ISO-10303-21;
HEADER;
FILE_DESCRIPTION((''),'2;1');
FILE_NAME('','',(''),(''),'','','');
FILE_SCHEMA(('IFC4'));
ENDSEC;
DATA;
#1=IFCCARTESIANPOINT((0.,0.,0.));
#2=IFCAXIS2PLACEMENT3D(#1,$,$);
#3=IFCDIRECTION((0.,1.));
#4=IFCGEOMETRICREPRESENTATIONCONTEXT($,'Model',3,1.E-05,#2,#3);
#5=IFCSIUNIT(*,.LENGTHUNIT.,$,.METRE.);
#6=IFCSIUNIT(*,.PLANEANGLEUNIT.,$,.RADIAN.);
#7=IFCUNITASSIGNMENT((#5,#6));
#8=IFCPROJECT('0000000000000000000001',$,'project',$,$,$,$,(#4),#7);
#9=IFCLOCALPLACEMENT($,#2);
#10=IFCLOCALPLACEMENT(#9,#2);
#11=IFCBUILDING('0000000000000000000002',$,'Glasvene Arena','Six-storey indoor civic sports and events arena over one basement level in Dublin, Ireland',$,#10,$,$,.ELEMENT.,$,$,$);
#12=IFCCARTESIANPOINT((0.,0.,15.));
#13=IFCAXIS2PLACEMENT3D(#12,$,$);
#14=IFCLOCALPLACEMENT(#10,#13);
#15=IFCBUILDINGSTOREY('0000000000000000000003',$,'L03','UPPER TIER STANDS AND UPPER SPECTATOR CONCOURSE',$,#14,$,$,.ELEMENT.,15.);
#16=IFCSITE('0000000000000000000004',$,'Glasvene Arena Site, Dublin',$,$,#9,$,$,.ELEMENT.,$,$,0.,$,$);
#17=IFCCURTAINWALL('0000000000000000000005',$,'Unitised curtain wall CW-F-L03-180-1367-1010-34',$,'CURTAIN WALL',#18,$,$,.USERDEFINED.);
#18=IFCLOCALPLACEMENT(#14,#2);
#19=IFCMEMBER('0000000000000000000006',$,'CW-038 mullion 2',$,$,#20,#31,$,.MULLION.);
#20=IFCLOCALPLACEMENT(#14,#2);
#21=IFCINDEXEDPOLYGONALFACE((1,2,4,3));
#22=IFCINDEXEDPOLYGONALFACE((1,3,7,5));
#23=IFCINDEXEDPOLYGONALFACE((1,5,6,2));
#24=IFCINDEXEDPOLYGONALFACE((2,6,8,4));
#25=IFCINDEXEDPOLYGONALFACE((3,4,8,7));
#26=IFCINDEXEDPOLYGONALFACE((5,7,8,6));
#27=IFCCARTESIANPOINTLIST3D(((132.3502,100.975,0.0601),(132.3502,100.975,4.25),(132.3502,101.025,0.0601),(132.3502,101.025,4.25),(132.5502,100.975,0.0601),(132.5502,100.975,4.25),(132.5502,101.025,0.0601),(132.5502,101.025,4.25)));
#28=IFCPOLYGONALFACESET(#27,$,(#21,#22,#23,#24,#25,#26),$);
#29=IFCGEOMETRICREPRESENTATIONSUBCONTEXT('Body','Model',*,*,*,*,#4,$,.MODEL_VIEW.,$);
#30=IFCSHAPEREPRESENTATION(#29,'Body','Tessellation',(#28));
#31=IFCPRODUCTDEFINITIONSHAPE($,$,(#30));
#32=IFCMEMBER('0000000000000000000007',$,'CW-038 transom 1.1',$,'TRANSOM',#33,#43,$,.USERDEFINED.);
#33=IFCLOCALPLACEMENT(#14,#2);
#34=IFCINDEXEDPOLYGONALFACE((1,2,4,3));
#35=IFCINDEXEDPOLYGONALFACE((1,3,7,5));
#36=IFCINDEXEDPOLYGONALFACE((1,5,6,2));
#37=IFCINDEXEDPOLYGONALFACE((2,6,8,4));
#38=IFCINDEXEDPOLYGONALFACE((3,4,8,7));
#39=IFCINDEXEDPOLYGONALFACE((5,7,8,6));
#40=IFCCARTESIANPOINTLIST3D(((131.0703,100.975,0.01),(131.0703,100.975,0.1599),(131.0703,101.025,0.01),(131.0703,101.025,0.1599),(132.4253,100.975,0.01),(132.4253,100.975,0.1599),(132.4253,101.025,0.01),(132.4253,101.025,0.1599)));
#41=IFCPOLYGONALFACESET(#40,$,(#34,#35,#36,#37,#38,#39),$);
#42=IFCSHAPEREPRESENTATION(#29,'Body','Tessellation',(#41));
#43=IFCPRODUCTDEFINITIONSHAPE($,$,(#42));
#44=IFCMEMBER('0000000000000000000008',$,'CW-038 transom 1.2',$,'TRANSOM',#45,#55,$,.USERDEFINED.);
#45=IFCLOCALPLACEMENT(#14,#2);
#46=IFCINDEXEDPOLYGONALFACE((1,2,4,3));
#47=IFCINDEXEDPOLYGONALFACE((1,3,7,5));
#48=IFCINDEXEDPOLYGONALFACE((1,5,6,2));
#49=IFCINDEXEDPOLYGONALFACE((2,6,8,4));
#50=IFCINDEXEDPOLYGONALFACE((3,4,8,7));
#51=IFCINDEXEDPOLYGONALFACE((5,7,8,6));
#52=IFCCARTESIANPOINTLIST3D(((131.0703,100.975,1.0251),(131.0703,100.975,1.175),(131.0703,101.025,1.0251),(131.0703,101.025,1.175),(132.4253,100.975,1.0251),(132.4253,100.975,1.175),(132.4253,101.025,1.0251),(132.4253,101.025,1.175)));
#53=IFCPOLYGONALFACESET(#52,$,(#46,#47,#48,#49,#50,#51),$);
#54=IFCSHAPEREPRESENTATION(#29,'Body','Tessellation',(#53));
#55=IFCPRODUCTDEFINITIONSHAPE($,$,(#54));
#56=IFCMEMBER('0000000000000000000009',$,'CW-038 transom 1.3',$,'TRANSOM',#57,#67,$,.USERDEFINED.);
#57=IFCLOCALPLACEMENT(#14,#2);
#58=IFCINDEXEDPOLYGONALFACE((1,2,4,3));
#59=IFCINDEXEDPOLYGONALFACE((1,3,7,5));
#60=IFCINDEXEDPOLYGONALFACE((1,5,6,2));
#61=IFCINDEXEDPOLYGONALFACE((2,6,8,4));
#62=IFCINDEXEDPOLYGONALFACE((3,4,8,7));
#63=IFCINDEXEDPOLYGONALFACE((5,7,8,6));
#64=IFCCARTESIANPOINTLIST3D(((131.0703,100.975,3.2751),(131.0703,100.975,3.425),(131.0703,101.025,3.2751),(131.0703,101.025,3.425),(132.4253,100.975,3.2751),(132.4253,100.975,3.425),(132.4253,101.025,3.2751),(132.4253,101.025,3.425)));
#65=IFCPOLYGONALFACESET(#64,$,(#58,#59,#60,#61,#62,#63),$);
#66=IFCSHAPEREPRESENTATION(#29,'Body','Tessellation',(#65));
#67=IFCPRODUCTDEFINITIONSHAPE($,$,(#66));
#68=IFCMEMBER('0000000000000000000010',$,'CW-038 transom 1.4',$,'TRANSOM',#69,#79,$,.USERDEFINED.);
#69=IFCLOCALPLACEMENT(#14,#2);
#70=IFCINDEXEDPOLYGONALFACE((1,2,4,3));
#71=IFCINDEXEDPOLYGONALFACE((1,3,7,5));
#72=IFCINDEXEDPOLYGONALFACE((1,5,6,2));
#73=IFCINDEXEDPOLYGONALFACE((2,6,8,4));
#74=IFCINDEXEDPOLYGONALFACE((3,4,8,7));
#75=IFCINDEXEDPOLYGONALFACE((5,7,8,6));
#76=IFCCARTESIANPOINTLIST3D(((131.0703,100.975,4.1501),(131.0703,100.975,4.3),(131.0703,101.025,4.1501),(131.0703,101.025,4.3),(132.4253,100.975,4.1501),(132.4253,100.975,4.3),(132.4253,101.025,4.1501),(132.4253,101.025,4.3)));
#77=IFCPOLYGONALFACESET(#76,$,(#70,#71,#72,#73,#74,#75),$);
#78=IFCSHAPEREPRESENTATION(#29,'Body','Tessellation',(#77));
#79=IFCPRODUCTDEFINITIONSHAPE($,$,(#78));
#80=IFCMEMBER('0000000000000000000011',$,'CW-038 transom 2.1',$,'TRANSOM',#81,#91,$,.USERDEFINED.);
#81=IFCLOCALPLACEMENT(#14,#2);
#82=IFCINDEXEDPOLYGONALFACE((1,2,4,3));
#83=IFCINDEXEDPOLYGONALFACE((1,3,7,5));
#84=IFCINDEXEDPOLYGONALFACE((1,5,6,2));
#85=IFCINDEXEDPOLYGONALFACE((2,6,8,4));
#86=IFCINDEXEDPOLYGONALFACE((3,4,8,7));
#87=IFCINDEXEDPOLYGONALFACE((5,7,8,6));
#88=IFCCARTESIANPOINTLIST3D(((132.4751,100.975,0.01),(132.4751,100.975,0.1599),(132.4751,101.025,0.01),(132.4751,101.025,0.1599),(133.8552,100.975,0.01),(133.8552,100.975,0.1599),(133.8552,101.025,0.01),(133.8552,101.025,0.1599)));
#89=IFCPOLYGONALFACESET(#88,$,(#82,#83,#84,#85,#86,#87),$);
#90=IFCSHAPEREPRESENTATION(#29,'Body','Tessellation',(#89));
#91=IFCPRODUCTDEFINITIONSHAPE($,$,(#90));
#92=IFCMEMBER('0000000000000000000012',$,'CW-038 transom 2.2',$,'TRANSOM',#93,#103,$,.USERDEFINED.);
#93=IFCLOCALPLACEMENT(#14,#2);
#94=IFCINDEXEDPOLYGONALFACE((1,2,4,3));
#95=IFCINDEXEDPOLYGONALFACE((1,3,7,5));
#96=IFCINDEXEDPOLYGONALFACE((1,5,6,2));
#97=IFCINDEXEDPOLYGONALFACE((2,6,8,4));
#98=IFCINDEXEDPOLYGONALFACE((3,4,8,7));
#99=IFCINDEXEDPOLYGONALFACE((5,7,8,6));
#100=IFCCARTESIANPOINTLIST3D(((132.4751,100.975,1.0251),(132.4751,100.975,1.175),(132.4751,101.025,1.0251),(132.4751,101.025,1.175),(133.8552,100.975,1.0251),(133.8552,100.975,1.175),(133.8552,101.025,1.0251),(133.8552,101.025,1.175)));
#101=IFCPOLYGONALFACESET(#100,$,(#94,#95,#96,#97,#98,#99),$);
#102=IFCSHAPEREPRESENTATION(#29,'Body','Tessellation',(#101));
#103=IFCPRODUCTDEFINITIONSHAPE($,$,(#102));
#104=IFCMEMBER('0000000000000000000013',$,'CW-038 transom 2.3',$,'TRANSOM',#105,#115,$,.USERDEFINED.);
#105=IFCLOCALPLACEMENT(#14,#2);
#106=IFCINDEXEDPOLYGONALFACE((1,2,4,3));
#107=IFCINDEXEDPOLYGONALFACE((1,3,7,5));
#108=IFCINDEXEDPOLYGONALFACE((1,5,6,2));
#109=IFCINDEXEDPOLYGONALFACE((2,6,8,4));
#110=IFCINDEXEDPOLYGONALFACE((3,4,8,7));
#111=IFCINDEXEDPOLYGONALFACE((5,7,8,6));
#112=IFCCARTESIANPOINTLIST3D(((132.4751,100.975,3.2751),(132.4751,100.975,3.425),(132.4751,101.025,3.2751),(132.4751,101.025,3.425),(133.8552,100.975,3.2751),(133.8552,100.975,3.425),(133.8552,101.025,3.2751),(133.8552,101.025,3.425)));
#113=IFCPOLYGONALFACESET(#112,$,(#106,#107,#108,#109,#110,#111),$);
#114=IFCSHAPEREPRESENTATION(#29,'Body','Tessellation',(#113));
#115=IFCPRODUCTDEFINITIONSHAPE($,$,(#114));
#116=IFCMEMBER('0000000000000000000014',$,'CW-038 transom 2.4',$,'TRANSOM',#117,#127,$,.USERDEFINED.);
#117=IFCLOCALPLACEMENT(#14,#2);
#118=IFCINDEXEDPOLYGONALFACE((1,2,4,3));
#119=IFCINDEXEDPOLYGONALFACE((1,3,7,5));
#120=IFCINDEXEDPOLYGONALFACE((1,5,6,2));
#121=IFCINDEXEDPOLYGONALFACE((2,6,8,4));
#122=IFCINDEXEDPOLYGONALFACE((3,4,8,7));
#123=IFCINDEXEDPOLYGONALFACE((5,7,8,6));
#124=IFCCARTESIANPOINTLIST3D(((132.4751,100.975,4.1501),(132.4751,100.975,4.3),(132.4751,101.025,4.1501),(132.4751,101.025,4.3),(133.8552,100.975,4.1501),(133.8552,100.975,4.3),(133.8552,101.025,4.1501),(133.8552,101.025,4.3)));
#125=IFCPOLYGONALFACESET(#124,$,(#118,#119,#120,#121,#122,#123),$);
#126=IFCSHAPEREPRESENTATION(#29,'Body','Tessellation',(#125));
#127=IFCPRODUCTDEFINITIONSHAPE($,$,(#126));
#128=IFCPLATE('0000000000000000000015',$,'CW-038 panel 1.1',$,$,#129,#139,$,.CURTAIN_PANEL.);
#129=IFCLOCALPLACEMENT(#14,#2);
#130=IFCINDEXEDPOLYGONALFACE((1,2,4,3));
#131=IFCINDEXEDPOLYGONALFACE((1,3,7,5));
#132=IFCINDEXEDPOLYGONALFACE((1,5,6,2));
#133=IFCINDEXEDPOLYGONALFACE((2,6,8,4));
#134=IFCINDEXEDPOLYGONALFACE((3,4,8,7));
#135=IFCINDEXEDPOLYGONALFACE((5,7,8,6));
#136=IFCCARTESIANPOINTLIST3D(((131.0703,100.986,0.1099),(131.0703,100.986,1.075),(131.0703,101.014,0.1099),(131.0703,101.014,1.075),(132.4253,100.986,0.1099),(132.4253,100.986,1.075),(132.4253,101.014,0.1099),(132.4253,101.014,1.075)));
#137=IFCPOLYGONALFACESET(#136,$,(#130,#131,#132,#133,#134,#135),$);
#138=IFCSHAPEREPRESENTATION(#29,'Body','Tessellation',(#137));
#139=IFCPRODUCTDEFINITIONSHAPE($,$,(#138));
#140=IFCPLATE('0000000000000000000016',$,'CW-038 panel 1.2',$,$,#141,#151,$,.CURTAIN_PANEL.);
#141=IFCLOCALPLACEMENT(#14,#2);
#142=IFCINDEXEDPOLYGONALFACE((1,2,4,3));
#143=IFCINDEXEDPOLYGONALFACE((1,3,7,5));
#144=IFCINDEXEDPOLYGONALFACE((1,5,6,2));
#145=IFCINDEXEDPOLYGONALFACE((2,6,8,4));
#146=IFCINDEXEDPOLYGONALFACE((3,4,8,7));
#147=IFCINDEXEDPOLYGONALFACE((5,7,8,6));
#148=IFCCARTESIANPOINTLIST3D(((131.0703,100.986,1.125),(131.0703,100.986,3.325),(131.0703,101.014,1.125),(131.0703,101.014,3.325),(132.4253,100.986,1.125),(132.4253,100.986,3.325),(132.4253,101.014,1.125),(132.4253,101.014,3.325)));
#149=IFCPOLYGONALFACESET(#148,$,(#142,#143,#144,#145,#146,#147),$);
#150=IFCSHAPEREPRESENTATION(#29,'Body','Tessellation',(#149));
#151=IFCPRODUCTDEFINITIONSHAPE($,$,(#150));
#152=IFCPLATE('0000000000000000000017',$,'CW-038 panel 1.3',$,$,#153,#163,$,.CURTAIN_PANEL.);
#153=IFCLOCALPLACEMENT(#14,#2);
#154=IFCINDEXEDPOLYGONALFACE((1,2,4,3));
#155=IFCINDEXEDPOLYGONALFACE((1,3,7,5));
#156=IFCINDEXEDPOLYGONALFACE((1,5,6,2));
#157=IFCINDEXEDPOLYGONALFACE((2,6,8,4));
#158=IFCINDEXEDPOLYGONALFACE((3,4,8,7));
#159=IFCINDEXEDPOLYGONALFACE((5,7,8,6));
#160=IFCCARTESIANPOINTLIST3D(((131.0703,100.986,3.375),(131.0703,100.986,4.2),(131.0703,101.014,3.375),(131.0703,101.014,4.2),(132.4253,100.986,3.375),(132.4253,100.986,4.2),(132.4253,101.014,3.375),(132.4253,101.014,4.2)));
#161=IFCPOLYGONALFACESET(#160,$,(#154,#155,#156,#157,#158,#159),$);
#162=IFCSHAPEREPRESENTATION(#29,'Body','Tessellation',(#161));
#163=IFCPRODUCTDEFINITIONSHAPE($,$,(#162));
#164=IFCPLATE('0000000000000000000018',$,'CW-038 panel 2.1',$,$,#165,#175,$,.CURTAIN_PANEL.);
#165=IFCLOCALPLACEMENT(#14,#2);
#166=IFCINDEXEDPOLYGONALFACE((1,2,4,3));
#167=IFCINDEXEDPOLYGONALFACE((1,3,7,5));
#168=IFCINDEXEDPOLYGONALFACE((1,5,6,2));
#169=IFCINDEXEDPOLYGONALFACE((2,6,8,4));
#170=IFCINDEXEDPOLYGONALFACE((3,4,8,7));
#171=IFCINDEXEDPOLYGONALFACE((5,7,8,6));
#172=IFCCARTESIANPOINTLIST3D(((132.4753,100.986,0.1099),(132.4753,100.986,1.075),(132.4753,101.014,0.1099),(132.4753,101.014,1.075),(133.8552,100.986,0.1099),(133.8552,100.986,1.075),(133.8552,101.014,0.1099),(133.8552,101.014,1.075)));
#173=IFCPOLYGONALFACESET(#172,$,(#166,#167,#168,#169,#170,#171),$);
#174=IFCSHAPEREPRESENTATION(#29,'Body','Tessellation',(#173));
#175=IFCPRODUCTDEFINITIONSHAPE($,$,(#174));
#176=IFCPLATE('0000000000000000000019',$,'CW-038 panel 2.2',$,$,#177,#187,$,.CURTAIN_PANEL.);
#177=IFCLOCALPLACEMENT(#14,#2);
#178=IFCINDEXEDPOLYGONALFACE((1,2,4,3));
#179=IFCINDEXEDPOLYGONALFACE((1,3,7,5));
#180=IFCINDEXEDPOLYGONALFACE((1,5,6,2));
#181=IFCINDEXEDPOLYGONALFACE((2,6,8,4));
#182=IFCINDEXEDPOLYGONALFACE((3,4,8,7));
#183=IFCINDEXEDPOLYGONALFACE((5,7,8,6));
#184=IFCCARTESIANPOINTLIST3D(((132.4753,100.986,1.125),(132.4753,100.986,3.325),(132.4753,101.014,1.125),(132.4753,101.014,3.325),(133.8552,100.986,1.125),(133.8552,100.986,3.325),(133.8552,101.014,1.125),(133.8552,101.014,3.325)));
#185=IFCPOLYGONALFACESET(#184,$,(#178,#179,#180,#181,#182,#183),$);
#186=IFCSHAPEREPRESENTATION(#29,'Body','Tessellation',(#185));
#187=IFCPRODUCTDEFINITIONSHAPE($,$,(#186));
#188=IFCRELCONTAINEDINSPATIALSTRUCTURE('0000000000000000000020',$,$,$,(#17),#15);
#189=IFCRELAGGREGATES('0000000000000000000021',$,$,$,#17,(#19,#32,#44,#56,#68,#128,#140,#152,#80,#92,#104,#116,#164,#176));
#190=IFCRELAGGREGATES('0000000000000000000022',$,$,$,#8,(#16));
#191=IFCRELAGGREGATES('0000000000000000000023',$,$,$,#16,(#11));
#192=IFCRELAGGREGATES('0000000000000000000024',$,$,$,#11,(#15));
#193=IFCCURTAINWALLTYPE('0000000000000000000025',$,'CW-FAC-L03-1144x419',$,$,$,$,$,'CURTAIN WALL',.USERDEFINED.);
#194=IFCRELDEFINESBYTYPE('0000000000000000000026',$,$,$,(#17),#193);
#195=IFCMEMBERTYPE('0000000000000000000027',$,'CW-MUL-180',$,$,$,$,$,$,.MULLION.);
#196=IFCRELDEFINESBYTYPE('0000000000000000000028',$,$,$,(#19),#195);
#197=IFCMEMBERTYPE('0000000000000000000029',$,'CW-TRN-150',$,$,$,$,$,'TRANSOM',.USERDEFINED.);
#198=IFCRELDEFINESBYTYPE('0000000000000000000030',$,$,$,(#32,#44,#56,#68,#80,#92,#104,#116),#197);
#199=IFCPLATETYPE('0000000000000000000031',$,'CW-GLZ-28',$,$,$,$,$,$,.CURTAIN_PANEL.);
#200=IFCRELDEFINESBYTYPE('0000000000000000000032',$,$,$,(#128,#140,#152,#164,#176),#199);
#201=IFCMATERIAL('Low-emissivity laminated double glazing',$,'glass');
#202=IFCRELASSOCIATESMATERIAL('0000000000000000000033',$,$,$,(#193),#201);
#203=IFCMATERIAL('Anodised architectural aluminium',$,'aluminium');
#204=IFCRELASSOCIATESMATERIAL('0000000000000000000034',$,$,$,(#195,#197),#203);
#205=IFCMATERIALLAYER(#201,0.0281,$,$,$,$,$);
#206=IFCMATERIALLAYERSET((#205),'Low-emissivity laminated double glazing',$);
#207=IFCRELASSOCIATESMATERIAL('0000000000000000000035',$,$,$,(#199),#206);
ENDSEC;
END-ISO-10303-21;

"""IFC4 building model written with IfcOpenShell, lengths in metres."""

from ifc_helpers import new_model, si_unit, direction, frame, origin, origin_2d, place, context, subcontext, project, spatial, rectangle, extrude, material, layer, layer_set, material_profile, profile_set, type_object, element, aggregate, save


model = new_model("IFC4")

# Units and contexts
model_context = context("Model", 3, precision=1e-05, world=origin(), true_north=direction((0.0, 1.0)))
body_context = subcontext(model_context, "Body", "Model", "MODEL_VIEW")
ifc_project = project(units=[si_unit("LENGTHUNIT", "METRE"), si_unit("PLANEANGLEUNIT", "RADIAN")], contexts=[model_context])

# Site, building, storey
site_placement = place(None, origin())
site = spatial("IfcSite", under=ifc_project, at=site_placement, Name="Glasvene Arena Site, Dublin", CompositionType="ELEMENT", RefElevation=0.0)
building_placement = place(site_placement, origin())
building = spatial("IfcBuilding", under=site, at=building_placement, Name="Glasvene Arena", Description="Six-storey indoor civic sports and events arena over one basement level in Dublin, Ireland", CompositionType="ELEMENT")
storey_placement = place(building_placement, frame((0.0, 0.0, 15.0)))
storey = spatial("IfcBuildingStorey", under=building, at=storey_placement, Name="L03", Description="UPPER TIER STANDS AND UPPER SPECTATOR CONCOURSE", CompositionType="ELEMENT", Elevation=15.0)

# Curtain wall, members, plates
ifc_material_1 = material(Name="Low-emissivity laminated double glazing", Category="glass")
curtain_wall_type = type_object("IfcCurtainWallType", Name="CW-FAC-L03-1144x419", ElementType="CURTAIN WALL", PredefinedType="USERDEFINED", material=ifc_material_1)
curtain_wall_placement = place(storey_placement, frame((131.0203, 101.0, 0.0)))
curtain_wall = element("IfcCurtainWall", 1, at=curtain_wall_placement, inside=storey, type_object=curtain_wall_type, Name="Unitised curtain wall CW-F-L03-180-1367-1010-34", ObjectType="CURTAIN WALL", PredefinedType="USERDEFINED")
ifc_material_2 = material(Name="Anodised architectural aluminium", Category="aluminium")
ifc_material_profile_1 = material_profile(ifc_material_2, rectangle(XDim=0.05, YDim=0.2, at=origin_2d()), Name="ALU MULLION 50x200")
ifc_profile_set_1 = profile_set([ifc_material_profile_1], Name="Anodised architectural aluminium")
member_type_1 = type_object("IfcMemberType", Name="CW-MUL-180", PredefinedType="MULLION", material=ifc_profile_set_1)
member_1_placement = place(storey_placement, frame((132.4502, 101.0, 0.0601), z_axis=(0.0, 0.0, 1.0), x_axis=(0.0, 1.0, 0.0)))
member_1 = element("IfcMember", 2, at=member_1_placement, type_object=member_type_1, Name="CW-038 mullion 2", PredefinedType="MULLION", context=body_context, shape_type="SweptSolid", body=[
    extrude(rectangle(XDim=0.05, YDim=0.2, at=origin_2d()), origin(), (0.0, 0.0, 1.0), 4.1899),
])
ifc_material_profile_2 = material_profile(ifc_material_2, rectangle(XDim=0.05, YDim=0.1499, at=origin_2d()), Name="ALU TRANSOM 50x150")
ifc_profile_set_2 = profile_set([ifc_material_profile_2], Name="Anodised architectural aluminium")
member_type_2 = type_object("IfcMemberType", Name="CW-TRN-150", ElementType="TRANSOM", PredefinedType="USERDEFINED", material=ifc_profile_set_2)
member_2_placement = place(storey_placement, frame((131.0703, 101.0, 0.085), z_axis=(1.0, 0.0, 0.0), x_axis=(0.0, 1.0, 0.0)))
member_2 = element("IfcMember", 3, at=member_2_placement, type_object=member_type_2, Name="CW-038 transom 1.1", ObjectType="TRANSOM", PredefinedType="USERDEFINED", context=body_context, shape_type="SweptSolid", body=[
    extrude(rectangle(XDim=0.05, YDim=0.1499, at=origin_2d()), origin(), (0.0, 0.0, 1.0), 1.355),
])
member_3_placement = place(storey_placement, frame((131.0703, 101.0, 1.1001), z_axis=(1.0, 0.0, 0.0), x_axis=(0.0, 1.0, 0.0)))
member_3 = element("IfcMember", 4, at=member_3_placement, type_object=member_type_2, Name="CW-038 transom 1.2", ObjectType="TRANSOM", PredefinedType="USERDEFINED", context=body_context, shape_type="SweptSolid", body=[
    extrude(rectangle(XDim=0.05, YDim=0.1499, at=origin_2d()), origin(), (0.0, 0.0, 1.0), 1.355),
])
member_4_placement = place(storey_placement, frame((131.0703, 101.0, 3.3501), z_axis=(1.0, 0.0, 0.0), x_axis=(0.0, 1.0, 0.0)))
member_4 = element("IfcMember", 5, at=member_4_placement, type_object=member_type_2, Name="CW-038 transom 1.3", ObjectType="TRANSOM", PredefinedType="USERDEFINED", context=body_context, shape_type="SweptSolid", body=[
    extrude(rectangle(XDim=0.05, YDim=0.1499, at=origin_2d()), origin(), (0.0, 0.0, 1.0), 1.355),
])
member_5_placement = place(storey_placement, frame((131.0703, 101.0, 4.2251), z_axis=(1.0, 0.0, 0.0), x_axis=(0.0, 1.0, 0.0)))
member_5 = element("IfcMember", 6, at=member_5_placement, type_object=member_type_2, Name="CW-038 transom 1.4", ObjectType="TRANSOM", PredefinedType="USERDEFINED", context=body_context, shape_type="SweptSolid", body=[
    extrude(rectangle(XDim=0.05, YDim=0.1499, at=origin_2d()), origin(), (0.0, 0.0, 1.0), 1.355),
])
member_6_placement = place(storey_placement, frame((132.4751, 101.0, 0.085), z_axis=(1.0, 0.0, 0.0), x_axis=(0.0, 1.0, 0.0)))
member_6 = element("IfcMember", 7, at=member_6_placement, type_object=member_type_2, Name="CW-038 transom 2.1", ObjectType="TRANSOM", PredefinedType="USERDEFINED", context=body_context, shape_type="SweptSolid", body=[
    extrude(rectangle(XDim=0.05, YDim=0.1499, at=origin_2d()), origin(), (0.0, 0.0, 1.0), 1.3801),
])
member_7_placement = place(storey_placement, frame((132.4751, 101.0, 1.1001), z_axis=(1.0, 0.0, 0.0), x_axis=(0.0, 1.0, 0.0)))
member_7 = element("IfcMember", 8, at=member_7_placement, type_object=member_type_2, Name="CW-038 transom 2.2", ObjectType="TRANSOM", PredefinedType="USERDEFINED", context=body_context, shape_type="SweptSolid", body=[
    extrude(rectangle(XDim=0.05, YDim=0.1499, at=origin_2d()), origin(), (0.0, 0.0, 1.0), 1.3801),
])
member_8_placement = place(storey_placement, frame((132.4751, 101.0, 3.3501), z_axis=(1.0, 0.0, 0.0), x_axis=(0.0, 1.0, 0.0)))
member_8 = element("IfcMember", 9, at=member_8_placement, type_object=member_type_2, Name="CW-038 transom 2.3", ObjectType="TRANSOM", PredefinedType="USERDEFINED", context=body_context, shape_type="SweptSolid", body=[
    extrude(rectangle(XDim=0.05, YDim=0.1499, at=origin_2d()), origin(), (0.0, 0.0, 1.0), 1.3801),
])
member_9_placement = place(storey_placement, frame((132.4751, 101.0, 4.2251), z_axis=(1.0, 0.0, 0.0), x_axis=(0.0, 1.0, 0.0)))
member_9 = element("IfcMember", 10, at=member_9_placement, type_object=member_type_2, Name="CW-038 transom 2.4", ObjectType="TRANSOM", PredefinedType="USERDEFINED", context=body_context, shape_type="SweptSolid", body=[
    extrude(rectangle(XDim=0.05, YDim=0.1499, at=origin_2d()), origin(), (0.0, 0.0, 1.0), 1.3801),
])
ifc_layer_1 = layer(ifc_material_1, 0.0281)
ifc_layer_set_1 = layer_set([ifc_layer_1], Name="Low-emissivity laminated double glazing")
plate_type = type_object("IfcPlateType", Name="CW-GLZ-28", PredefinedType="CURTAIN_PANEL", material=ifc_layer_set_1)
plate_1_placement = place(storey_placement, frame((131.7478, 101.0, 0.1099), z_axis=(0.0, 0.0, 1.0), x_axis=(1.0, 0.0, 0.0)))
plate_1 = element("IfcPlate", 11, at=plate_1_placement, type_object=plate_type, Name="CW-038 panel 1.1", PredefinedType="CURTAIN_PANEL", context=body_context, shape_type="SweptSolid", body=[
    extrude(rectangle(XDim=1.355, YDim=0.0281, at=origin_2d()), origin(), (0.0, 0.0, 1.0), 0.9651),
])
plate_2_placement = place(storey_placement, frame((131.7478, 101.0, 1.125), z_axis=(0.0, 0.0, 1.0), x_axis=(1.0, 0.0, 0.0)))
plate_2 = element("IfcPlate", 12, at=plate_2_placement, type_object=plate_type, Name="CW-038 panel 1.2", PredefinedType="CURTAIN_PANEL", context=body_context, shape_type="SweptSolid", body=[
    extrude(rectangle(XDim=1.355, YDim=0.0281, at=origin_2d()), origin(), (0.0, 0.0, 1.0), 2.2),
])
plate_3_placement = place(storey_placement, frame((131.7478, 101.0, 3.375), z_axis=(0.0, 0.0, 1.0), x_axis=(1.0, 0.0, 0.0)))
plate_3 = element("IfcPlate", 13, at=plate_3_placement, type_object=plate_type, Name="CW-038 panel 1.3", PredefinedType="CURTAIN_PANEL", context=body_context, shape_type="SweptSolid", body=[
    extrude(rectangle(XDim=1.355, YDim=0.0281, at=origin_2d()), origin(), (0.0, 0.0, 1.0), 0.825),
])
plate_4_placement = place(storey_placement, frame((133.1653, 101.0, 0.1099), z_axis=(0.0, 0.0, 1.0), x_axis=(1.0, 0.0, 0.0)))
plate_4 = element("IfcPlate", 14, at=plate_4_placement, type_object=plate_type, Name="CW-038 panel 2.1", PredefinedType="CURTAIN_PANEL", context=body_context, shape_type="SweptSolid", body=[
    extrude(rectangle(XDim=1.3799, YDim=0.0281, at=origin_2d()), origin(), (0.0, 0.0, 1.0), 0.9651),
])
plate_5_placement = place(storey_placement, frame((133.1653, 101.0, 1.125), z_axis=(0.0, 0.0, 1.0), x_axis=(1.0, 0.0, 0.0)))
plate_5 = element("IfcPlate", 15, at=plate_5_placement, type_object=plate_type, Name="CW-038 panel 2.2", PredefinedType="CURTAIN_PANEL", context=body_context, shape_type="SweptSolid", body=[
    extrude(rectangle(XDim=1.3799, YDim=0.0281, at=origin_2d()), origin(), (0.0, 0.0, 1.0), 2.2),
])
aggregate(curtain_wall, [member_1, member_2, member_3, member_4, member_5, plate_1, plate_2, plate_3, member_6, member_7, member_8, member_9, plate_4, plate_5])

save(model, "model.ifc")
